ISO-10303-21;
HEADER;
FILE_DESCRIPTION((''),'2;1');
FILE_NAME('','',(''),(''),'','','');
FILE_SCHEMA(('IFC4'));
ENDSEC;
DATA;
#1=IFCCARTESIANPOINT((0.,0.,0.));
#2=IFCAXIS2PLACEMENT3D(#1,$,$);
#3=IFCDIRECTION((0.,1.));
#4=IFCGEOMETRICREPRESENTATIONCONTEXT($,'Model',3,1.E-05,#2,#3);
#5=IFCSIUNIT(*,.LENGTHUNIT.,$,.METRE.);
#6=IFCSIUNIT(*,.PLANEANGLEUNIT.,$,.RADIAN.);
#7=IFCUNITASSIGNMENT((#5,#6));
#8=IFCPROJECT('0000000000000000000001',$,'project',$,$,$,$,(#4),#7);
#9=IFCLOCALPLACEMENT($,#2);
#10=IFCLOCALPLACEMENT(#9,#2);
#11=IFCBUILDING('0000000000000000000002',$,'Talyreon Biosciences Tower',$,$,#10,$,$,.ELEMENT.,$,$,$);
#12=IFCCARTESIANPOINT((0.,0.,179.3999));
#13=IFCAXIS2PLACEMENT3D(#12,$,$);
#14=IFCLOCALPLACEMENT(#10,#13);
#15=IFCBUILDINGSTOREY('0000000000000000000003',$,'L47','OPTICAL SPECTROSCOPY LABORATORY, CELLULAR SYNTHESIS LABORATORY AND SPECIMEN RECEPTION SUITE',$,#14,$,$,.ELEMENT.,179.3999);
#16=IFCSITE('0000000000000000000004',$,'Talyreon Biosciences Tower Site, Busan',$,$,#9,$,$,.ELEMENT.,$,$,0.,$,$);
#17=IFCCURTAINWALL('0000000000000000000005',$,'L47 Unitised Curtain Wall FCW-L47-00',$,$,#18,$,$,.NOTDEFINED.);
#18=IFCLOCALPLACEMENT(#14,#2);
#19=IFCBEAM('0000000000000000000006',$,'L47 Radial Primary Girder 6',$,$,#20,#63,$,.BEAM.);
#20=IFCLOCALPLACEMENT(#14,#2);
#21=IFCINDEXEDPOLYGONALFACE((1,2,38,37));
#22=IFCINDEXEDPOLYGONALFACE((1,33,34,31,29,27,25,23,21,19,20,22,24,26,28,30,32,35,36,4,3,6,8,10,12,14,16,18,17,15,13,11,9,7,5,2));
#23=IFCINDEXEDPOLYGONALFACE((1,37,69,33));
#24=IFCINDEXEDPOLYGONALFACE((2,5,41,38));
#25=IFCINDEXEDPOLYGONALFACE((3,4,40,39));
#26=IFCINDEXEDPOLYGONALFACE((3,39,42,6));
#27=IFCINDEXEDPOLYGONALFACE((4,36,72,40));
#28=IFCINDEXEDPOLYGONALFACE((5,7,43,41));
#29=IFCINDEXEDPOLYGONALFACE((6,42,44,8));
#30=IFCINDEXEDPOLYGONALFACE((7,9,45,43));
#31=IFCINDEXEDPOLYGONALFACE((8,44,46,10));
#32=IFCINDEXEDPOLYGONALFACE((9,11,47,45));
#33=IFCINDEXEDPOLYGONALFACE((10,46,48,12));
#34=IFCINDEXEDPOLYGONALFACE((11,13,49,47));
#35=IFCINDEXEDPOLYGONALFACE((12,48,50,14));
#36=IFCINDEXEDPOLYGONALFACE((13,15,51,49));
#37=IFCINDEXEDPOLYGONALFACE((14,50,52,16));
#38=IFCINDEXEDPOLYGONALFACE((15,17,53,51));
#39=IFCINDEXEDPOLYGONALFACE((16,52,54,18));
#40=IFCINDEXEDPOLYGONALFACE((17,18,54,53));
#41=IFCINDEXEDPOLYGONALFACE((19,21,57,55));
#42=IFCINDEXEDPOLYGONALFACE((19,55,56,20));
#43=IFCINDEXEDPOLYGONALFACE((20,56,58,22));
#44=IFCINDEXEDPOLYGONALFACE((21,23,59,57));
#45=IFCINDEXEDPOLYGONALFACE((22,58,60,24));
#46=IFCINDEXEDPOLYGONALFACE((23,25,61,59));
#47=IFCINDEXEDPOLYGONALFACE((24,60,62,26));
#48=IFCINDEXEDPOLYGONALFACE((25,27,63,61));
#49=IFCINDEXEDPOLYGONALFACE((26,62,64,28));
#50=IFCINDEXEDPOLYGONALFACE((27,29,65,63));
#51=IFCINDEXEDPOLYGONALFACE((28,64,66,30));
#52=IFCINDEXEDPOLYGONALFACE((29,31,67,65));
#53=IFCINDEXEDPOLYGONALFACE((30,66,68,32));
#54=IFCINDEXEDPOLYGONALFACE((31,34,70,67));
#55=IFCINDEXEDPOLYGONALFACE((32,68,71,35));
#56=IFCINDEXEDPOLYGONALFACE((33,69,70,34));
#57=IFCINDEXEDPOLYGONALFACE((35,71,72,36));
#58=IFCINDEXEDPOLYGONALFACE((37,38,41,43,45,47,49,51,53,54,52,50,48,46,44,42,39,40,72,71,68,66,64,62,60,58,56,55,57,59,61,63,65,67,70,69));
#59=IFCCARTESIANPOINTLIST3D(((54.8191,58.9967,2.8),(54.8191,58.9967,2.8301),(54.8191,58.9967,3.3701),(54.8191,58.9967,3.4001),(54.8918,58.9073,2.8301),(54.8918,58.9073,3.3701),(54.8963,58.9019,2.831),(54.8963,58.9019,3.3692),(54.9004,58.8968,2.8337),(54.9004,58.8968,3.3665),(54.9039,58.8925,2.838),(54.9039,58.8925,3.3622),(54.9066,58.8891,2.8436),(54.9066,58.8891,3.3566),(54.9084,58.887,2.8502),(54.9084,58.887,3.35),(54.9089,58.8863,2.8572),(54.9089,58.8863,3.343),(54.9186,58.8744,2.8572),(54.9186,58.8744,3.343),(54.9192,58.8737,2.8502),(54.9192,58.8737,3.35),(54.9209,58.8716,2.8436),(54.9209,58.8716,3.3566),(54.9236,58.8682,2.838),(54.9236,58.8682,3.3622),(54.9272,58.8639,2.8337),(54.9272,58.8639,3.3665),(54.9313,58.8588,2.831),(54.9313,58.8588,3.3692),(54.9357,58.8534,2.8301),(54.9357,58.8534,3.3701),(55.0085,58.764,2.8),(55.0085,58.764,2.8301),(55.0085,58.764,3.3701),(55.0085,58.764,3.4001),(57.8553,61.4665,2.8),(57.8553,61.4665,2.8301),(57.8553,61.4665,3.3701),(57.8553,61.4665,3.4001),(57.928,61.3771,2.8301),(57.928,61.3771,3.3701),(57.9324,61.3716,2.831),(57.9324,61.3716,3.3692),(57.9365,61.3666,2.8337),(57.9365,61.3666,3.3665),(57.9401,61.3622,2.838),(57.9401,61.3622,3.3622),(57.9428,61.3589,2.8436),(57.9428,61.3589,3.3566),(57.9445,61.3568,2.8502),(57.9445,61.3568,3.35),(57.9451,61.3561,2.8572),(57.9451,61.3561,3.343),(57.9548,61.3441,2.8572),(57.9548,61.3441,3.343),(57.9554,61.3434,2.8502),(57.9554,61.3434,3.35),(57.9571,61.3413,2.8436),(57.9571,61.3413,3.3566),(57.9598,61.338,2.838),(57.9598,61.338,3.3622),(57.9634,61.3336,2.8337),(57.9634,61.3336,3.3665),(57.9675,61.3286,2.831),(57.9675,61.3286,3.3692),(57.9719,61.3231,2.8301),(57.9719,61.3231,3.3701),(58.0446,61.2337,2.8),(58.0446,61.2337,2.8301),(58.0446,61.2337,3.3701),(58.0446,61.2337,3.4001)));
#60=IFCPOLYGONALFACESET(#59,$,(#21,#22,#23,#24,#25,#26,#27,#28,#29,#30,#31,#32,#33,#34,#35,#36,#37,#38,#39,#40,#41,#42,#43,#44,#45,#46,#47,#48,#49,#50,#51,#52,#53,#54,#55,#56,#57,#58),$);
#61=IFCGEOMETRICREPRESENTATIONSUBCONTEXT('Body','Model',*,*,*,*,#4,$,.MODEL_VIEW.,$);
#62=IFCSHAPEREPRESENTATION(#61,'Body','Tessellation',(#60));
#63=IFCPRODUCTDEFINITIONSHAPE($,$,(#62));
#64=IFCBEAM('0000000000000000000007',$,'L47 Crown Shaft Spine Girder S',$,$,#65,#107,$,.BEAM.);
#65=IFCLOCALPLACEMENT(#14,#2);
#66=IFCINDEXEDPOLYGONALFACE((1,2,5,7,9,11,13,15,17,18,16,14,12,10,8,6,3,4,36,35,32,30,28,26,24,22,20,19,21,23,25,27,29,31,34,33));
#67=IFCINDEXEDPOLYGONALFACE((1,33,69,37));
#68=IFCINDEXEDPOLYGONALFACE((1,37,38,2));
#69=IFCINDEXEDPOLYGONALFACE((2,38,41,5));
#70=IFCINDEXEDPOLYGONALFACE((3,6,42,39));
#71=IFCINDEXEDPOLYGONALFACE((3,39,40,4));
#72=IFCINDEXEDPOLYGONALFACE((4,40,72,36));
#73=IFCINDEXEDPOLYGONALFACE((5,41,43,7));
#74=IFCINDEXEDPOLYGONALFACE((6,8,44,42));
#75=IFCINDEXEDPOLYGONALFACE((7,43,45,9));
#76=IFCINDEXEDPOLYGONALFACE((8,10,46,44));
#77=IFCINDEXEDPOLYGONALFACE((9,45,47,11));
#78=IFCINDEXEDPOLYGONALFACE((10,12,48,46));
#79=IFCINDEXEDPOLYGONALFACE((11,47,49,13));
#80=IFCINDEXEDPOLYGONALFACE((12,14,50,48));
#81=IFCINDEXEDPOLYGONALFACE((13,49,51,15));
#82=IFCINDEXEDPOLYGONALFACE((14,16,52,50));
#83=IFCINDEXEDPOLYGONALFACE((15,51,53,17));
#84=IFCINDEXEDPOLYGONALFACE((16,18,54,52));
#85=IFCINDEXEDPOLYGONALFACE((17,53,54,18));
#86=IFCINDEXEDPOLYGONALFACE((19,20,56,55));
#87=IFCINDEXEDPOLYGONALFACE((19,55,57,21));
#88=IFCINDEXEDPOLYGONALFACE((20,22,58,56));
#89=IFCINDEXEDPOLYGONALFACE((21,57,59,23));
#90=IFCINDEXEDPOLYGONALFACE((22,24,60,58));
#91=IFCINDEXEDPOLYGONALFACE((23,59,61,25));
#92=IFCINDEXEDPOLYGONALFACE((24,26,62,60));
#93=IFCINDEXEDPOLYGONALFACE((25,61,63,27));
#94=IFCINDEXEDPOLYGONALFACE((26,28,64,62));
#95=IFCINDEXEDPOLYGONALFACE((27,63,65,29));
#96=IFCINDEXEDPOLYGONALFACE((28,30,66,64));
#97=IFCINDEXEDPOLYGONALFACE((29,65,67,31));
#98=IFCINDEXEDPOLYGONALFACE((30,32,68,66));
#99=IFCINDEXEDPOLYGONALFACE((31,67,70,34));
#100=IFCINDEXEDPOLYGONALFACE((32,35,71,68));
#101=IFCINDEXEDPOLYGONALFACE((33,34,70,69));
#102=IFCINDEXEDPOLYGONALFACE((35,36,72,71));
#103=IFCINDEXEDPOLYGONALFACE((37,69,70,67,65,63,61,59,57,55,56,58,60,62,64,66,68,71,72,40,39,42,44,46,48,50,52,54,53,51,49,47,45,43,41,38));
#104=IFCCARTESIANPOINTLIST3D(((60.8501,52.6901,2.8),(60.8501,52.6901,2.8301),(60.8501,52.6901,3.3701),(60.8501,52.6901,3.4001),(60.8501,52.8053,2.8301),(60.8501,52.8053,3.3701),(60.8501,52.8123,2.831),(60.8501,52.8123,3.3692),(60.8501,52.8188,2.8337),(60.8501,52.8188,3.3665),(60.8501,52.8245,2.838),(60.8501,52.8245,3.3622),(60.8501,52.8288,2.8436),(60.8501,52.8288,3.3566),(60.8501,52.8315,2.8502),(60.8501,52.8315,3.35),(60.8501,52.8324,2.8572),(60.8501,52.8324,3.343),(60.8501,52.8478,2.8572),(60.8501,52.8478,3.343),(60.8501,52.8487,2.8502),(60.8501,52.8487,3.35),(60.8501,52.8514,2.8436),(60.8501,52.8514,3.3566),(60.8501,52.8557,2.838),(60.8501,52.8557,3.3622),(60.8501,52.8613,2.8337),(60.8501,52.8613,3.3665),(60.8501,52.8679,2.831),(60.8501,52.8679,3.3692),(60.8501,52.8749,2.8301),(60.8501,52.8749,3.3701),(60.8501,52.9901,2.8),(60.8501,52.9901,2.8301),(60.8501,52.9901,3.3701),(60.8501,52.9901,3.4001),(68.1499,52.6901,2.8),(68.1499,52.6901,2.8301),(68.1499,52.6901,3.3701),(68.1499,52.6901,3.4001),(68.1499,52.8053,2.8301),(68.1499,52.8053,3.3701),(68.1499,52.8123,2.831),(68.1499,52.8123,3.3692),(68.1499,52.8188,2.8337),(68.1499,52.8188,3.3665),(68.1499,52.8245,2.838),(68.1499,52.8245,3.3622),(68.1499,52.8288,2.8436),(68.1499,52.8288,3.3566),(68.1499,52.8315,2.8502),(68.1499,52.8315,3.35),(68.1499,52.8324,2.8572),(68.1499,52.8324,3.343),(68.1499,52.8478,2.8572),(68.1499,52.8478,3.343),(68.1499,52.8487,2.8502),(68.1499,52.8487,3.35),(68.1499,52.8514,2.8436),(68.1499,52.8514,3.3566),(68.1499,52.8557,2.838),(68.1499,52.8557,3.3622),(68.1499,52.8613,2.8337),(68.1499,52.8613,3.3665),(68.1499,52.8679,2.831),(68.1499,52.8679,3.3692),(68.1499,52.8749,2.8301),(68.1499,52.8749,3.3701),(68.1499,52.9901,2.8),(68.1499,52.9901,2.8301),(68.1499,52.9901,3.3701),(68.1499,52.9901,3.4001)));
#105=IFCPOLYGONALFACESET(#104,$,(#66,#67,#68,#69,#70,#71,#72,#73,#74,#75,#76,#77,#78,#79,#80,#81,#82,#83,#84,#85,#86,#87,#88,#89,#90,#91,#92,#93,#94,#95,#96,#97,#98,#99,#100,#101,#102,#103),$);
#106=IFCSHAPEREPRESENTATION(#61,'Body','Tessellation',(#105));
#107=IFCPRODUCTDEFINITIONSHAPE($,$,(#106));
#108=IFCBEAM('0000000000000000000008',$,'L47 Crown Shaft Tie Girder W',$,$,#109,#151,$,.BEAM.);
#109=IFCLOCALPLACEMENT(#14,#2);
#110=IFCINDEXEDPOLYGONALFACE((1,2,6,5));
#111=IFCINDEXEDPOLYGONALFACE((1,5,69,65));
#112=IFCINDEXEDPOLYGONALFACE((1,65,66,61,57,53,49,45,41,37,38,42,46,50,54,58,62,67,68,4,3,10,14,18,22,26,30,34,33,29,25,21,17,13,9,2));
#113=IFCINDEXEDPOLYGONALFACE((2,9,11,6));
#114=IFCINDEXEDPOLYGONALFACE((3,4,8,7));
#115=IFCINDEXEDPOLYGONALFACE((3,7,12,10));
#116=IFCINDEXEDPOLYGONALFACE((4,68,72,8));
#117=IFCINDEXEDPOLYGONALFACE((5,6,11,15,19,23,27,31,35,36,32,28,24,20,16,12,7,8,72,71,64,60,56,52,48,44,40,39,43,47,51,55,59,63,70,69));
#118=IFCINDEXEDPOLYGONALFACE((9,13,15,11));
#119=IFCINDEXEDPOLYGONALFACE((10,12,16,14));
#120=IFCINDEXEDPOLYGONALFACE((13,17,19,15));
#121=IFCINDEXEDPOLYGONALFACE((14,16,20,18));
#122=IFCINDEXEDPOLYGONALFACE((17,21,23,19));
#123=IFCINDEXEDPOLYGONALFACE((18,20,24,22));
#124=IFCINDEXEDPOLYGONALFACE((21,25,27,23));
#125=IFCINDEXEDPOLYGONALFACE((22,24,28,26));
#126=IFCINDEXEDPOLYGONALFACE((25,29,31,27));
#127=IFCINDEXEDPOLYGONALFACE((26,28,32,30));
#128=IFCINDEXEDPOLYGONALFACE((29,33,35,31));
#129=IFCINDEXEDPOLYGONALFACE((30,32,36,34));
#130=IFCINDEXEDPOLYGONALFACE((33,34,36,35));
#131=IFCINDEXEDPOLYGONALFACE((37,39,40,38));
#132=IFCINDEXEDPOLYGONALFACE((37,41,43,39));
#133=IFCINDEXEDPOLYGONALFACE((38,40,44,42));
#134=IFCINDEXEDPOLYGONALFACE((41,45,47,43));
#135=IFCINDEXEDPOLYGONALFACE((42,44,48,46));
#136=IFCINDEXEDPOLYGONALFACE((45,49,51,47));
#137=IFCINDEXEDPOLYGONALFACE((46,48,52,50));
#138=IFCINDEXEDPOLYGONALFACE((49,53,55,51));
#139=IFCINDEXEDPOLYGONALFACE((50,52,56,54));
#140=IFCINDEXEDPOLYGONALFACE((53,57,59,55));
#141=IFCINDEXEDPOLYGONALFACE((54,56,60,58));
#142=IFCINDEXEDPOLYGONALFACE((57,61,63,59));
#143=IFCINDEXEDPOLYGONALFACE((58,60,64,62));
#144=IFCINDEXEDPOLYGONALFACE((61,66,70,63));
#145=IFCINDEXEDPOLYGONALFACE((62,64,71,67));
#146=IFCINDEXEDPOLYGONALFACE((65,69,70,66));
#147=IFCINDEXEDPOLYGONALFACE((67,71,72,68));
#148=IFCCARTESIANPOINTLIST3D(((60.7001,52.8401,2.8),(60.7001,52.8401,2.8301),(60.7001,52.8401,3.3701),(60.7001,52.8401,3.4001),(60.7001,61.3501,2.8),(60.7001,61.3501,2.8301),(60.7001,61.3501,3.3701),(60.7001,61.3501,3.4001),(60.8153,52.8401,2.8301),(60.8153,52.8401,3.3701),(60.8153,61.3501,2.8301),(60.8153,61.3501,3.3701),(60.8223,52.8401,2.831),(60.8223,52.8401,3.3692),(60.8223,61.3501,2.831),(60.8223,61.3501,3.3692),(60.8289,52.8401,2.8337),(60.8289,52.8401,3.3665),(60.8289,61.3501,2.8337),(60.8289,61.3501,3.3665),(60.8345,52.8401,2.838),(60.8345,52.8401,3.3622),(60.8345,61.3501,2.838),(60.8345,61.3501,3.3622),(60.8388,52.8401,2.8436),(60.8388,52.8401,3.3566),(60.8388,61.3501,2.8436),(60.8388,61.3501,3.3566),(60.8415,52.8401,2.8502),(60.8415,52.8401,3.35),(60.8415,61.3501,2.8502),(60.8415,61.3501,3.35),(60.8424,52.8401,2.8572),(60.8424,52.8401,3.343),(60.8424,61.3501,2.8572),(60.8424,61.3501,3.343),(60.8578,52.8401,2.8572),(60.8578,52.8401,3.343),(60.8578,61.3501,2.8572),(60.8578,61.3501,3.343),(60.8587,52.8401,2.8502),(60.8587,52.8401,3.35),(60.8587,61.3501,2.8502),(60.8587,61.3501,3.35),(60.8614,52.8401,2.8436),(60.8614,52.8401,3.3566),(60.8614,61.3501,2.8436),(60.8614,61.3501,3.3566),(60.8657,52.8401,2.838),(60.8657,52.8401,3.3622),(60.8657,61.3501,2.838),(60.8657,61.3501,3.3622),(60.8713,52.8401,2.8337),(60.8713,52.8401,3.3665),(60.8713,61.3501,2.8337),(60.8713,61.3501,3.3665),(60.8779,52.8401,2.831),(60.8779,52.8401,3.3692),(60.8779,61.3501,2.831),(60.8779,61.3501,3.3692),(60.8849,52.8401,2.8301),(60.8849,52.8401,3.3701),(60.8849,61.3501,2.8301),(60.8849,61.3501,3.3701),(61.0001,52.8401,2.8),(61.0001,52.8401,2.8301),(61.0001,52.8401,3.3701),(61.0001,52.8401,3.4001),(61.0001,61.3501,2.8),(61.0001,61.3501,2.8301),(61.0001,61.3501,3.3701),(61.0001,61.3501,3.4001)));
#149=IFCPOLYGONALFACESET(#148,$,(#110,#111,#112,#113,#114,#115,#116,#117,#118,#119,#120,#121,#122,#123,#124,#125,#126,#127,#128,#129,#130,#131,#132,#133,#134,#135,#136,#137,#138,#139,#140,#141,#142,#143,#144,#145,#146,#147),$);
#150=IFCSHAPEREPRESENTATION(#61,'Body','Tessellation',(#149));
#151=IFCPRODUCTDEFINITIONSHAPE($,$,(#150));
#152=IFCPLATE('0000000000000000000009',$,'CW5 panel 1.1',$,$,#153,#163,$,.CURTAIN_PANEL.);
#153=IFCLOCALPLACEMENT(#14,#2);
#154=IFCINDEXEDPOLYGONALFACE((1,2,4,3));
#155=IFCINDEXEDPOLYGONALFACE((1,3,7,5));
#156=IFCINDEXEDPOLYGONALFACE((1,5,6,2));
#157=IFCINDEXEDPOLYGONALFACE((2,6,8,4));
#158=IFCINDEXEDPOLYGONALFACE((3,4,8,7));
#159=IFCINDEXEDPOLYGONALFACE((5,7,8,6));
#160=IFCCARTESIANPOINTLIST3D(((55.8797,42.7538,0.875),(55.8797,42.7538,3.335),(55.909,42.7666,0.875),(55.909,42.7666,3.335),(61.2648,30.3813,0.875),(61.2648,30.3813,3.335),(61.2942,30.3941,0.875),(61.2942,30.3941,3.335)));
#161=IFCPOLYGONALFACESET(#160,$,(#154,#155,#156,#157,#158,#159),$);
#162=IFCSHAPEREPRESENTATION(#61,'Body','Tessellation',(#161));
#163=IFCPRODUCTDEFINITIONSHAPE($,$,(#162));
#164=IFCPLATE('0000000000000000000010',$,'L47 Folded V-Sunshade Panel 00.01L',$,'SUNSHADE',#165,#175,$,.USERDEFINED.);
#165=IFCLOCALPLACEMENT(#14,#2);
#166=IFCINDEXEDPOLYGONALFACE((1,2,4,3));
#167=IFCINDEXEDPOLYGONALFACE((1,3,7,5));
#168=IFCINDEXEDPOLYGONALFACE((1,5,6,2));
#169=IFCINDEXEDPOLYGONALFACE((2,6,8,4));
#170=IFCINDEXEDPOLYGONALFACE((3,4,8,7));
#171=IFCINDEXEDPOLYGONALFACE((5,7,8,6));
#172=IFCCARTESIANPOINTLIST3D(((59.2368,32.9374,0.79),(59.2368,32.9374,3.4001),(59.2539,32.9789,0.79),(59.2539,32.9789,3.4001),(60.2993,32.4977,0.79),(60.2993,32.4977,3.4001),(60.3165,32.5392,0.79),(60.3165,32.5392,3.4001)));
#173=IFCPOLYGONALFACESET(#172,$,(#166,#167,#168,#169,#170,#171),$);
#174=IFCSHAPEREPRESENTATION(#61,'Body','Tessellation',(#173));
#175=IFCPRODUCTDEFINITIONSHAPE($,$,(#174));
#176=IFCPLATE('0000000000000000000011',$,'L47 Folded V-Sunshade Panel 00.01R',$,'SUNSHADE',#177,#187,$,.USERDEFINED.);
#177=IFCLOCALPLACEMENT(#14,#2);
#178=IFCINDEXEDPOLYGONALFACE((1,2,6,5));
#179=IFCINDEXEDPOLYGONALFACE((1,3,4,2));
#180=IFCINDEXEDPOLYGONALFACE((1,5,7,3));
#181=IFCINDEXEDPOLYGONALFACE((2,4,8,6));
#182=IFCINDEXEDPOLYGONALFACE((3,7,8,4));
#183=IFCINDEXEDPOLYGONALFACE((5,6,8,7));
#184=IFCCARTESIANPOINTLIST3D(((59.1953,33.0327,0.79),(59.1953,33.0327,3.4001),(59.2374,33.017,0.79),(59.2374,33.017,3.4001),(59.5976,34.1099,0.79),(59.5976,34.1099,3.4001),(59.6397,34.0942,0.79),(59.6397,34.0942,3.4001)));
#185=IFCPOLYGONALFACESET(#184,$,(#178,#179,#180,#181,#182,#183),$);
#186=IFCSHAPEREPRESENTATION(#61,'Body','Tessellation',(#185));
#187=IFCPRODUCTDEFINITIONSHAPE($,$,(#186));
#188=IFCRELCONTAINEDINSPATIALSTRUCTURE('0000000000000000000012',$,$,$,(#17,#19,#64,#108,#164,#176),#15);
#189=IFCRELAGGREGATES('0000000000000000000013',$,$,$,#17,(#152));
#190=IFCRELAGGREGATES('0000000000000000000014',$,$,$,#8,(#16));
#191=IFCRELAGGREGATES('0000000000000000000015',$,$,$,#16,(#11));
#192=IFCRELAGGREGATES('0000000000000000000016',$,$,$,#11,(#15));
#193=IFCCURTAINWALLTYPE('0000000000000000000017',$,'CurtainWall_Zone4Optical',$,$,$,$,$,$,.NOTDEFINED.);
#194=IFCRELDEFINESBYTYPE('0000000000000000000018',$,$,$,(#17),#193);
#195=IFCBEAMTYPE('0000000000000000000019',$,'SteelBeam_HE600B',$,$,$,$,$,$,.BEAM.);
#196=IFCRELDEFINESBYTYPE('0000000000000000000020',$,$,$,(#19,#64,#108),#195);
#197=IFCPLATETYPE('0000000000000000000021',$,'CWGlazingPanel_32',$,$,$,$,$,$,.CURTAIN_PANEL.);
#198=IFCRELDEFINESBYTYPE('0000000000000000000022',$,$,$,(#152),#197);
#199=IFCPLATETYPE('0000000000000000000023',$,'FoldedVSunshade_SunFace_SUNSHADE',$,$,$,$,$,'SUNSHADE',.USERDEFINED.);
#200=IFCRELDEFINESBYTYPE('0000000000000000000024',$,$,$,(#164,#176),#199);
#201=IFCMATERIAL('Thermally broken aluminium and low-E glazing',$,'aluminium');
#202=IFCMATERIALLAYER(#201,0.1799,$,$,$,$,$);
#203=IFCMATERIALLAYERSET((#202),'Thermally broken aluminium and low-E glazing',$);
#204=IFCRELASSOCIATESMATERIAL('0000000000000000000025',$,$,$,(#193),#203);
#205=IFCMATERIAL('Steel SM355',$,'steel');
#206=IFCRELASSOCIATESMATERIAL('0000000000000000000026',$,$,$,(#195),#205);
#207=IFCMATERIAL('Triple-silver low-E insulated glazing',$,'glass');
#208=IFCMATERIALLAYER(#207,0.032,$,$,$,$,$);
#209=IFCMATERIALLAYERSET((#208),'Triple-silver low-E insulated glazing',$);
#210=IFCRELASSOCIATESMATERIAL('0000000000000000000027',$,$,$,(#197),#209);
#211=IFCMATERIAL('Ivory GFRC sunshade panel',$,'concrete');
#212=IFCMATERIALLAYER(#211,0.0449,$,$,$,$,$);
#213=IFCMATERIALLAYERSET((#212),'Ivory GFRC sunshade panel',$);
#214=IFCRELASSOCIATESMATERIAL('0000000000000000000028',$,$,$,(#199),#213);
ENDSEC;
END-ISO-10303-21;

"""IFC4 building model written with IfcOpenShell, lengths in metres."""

from ifc_helpers import new_model, si_unit, direction, frame, origin, origin_2d, place, context, subcontext, project, spatial, rectangle, i_section, extrude, material, layer, layer_set, material_profile, profile_set, type_object, element, aggregate, save


model = new_model("IFC4")

# Units and contexts
model_context = context("Model", 3, precision=1e-05, world=origin(), true_north=direction((0.0, 1.0)))
body_context = subcontext(model_context, "Body", "Model", "MODEL_VIEW")
ifc_project = project(units=[si_unit("LENGTHUNIT", "METRE"), si_unit("PLANEANGLEUNIT", "RADIAN")], contexts=[model_context])

# Site, building, storey
site_placement = place(None, origin())
site = spatial("IfcSite", under=ifc_project, at=site_placement, Name="Talyreon Biosciences Tower Site, Busan", CompositionType="ELEMENT", RefElevation=0.0)
building_placement = place(site_placement, origin())
building = spatial("IfcBuilding", under=site, at=building_placement, Name="Talyreon Biosciences Tower", CompositionType="ELEMENT")
storey_placement = place(building_placement, frame((0.0, 0.0, 179.3999)))
storey = spatial("IfcBuildingStorey", under=building, at=storey_placement, Name="L47", Description="OPTICAL SPECTROSCOPY LABORATORY, CELLULAR SYNTHESIS LABORATORY AND SPECIMEN RECEPTION SUITE", CompositionType="ELEMENT", Elevation=179.3999)

# Curtain wall
ifc_material_1 = material(Name="Thermally broken aluminium and low-E glazing", Category="aluminium")
ifc_layer_1 = layer(ifc_material_1, 0.1799)
ifc_layer_set_1 = layer_set([ifc_layer_1], Name="Thermally broken aluminium and low-E glazing")
curtain_wall_type = type_object("IfcCurtainWallType", Name="CurtainWall_Zone4Optical", PredefinedType="NOTDEFINED", material=ifc_layer_set_1)
curtain_wall_placement = place(storey_placement, origin())
curtain_wall = element("IfcCurtainWall", 1, at=curtain_wall_placement, inside=storey, type_object=curtain_wall_type, Name="L47 Unitised Curtain Wall FCW-L47-00", PredefinedType="NOTDEFINED")

# Beams
ifc_material_2 = material(Name="Steel SM355", Category="steel")
ifc_material_profile_1 = material_profile(ifc_material_2, i_section(OverallWidth=0.3, OverallDepth=0.6001, WebThickness=0.0154, FlangeThickness=0.03, FilletRadius=0.0271, at=origin_2d()), Name="HE600B")
ifc_profile_set_1 = profile_set([ifc_material_profile_1], Name="Steel SM355")
beam_type_1 = type_object("IfcBeamType", Name="SteelBeam_HE600B", PredefinedType="BEAM", material=ifc_profile_set_1)
beam_1_placement = place(storey_placement, frame((57.95, 61.3501, 3.1001), z_axis=(-0.775755, -0.631034, 0.0), x_axis=(0.631034, -0.775755, 0.0)))
element("IfcBeam", 2, at=beam_1_placement, inside=storey, type_object=beam_type_1, Name="L47 Radial Primary Girder 6", PredefinedType="BEAM", context=body_context, shape_type="SweptSolid", body=[
    extrude(i_section(OverallWidth=0.3, OverallDepth=0.6001, WebThickness=0.0154, FlangeThickness=0.03, FilletRadius=0.0271, at=origin_2d()), origin(), (0.0, 0.0, 1.0), 3.9138),
])
beam_2_placement = place(storey_placement, frame((60.8501, 52.8401, 3.1001), z_axis=(1.0, 0.0, 0.0), x_axis=(0.0, 1.0, 0.0)))
element("IfcBeam", 3, at=beam_2_placement, inside=storey, type_object=beam_type_1, Name="L47 Crown Shaft Spine Girder S", PredefinedType="BEAM", context=body_context, shape_type="SweptSolid", body=[
    extrude(i_section(OverallWidth=0.3, OverallDepth=0.6001, WebThickness=0.0154, FlangeThickness=0.03, FilletRadius=0.0271, at=origin_2d()), origin(), (0.0, 0.0, 1.0), 7.2998),
])
beam_3_placement = place(storey_placement, frame((60.8501, 52.8401, 3.1001), z_axis=(0.0, 1.0, 0.0), x_axis=(-1.0, 0.0, 0.0)))
element("IfcBeam", 4, at=beam_3_placement, inside=storey, type_object=beam_type_1, Name="L47 Crown Shaft Tie Girder W", PredefinedType="BEAM", context=body_context, shape_type="SweptSolid", body=[
    extrude(i_section(OverallWidth=0.3, OverallDepth=0.6001, WebThickness=0.0154, FlangeThickness=0.03, FilletRadius=0.0271, at=origin_2d()), origin(), (0.0, 0.0, 1.0), 8.51),
])

# Plate
ifc_material_3 = material(Name="Triple-silver low-E insulated glazing", Category="glass")
ifc_layer_2 = layer(ifc_material_3, 0.032)
ifc_layer_set_2 = layer_set([ifc_layer_2], Name="Triple-silver low-E insulated glazing")
plate_type_1 = type_object("IfcPlateType", Name="CWGlazingPanel_32", PredefinedType="CURTAIN_PANEL", material=ifc_layer_set_2)
plate_placement = place(storey_placement, frame((58.5869, 36.574, 0.875), z_axis=(0.0, 0.0, 1.0), x_axis=(-0.399089, 0.916912, 0.0)))
plate = element("IfcPlate", 5, at=plate_placement, type_object=plate_type_1, Name="CW5 panel 1.1", PredefinedType="CURTAIN_PANEL", context=body_context, shape_type="SweptSolid", body=[
    extrude(rectangle(XDim=13.4937, YDim=0.032, at=origin_2d()), origin(), (0.0, 0.0, 1.0), 2.46),
])
aggregate(curtain_wall, [plate])

# Plates
ifc_material_4 = material(Name="Ivory GFRC sunshade panel", Category="concrete")
ifc_layer_3 = layer(ifc_material_4, 0.0449)
ifc_layer_set_3 = layer_set([ifc_layer_3], Name="Ivory GFRC sunshade panel")
plate_type_2 = type_object("IfcPlateType", Name="FoldedVSunshade_SunFace_SUNSHADE", ElementType="SUNSHADE", PredefinedType="USERDEFINED", material=ifc_layer_set_3)
for number, where, z_axis, x_axis, name in (
    (6, (59.7766, 32.7383, 0.79), (0.0, 0.0, 1.0), (-0.92402, 0.382345, 0.0), "L47 Folded V-Sunshade Panel 00.01L"),
    (7, (59.4175, 33.5635, 0.79), (0.0, 0.0, 1.0), (0.349864, 0.9368, 0.0), "L47 Folded V-Sunshade Panel 00.01R"),
):
    element("IfcPlate", number, at=place(storey_placement, frame(where, z_axis=z_axis, x_axis=x_axis)), inside=storey, type_object=plate_type_2, Name=name, ObjectType="SUNSHADE", PredefinedType="USERDEFINED", context=body_context, shape_type="SweptSolid", body=[
        extrude(rectangle(XDim=1.1499, YDim=0.0449, at=origin_2d()), origin(), (0.0, 0.0, 1.0), 2.6101),
    ])

save(model, "model.ifc")
